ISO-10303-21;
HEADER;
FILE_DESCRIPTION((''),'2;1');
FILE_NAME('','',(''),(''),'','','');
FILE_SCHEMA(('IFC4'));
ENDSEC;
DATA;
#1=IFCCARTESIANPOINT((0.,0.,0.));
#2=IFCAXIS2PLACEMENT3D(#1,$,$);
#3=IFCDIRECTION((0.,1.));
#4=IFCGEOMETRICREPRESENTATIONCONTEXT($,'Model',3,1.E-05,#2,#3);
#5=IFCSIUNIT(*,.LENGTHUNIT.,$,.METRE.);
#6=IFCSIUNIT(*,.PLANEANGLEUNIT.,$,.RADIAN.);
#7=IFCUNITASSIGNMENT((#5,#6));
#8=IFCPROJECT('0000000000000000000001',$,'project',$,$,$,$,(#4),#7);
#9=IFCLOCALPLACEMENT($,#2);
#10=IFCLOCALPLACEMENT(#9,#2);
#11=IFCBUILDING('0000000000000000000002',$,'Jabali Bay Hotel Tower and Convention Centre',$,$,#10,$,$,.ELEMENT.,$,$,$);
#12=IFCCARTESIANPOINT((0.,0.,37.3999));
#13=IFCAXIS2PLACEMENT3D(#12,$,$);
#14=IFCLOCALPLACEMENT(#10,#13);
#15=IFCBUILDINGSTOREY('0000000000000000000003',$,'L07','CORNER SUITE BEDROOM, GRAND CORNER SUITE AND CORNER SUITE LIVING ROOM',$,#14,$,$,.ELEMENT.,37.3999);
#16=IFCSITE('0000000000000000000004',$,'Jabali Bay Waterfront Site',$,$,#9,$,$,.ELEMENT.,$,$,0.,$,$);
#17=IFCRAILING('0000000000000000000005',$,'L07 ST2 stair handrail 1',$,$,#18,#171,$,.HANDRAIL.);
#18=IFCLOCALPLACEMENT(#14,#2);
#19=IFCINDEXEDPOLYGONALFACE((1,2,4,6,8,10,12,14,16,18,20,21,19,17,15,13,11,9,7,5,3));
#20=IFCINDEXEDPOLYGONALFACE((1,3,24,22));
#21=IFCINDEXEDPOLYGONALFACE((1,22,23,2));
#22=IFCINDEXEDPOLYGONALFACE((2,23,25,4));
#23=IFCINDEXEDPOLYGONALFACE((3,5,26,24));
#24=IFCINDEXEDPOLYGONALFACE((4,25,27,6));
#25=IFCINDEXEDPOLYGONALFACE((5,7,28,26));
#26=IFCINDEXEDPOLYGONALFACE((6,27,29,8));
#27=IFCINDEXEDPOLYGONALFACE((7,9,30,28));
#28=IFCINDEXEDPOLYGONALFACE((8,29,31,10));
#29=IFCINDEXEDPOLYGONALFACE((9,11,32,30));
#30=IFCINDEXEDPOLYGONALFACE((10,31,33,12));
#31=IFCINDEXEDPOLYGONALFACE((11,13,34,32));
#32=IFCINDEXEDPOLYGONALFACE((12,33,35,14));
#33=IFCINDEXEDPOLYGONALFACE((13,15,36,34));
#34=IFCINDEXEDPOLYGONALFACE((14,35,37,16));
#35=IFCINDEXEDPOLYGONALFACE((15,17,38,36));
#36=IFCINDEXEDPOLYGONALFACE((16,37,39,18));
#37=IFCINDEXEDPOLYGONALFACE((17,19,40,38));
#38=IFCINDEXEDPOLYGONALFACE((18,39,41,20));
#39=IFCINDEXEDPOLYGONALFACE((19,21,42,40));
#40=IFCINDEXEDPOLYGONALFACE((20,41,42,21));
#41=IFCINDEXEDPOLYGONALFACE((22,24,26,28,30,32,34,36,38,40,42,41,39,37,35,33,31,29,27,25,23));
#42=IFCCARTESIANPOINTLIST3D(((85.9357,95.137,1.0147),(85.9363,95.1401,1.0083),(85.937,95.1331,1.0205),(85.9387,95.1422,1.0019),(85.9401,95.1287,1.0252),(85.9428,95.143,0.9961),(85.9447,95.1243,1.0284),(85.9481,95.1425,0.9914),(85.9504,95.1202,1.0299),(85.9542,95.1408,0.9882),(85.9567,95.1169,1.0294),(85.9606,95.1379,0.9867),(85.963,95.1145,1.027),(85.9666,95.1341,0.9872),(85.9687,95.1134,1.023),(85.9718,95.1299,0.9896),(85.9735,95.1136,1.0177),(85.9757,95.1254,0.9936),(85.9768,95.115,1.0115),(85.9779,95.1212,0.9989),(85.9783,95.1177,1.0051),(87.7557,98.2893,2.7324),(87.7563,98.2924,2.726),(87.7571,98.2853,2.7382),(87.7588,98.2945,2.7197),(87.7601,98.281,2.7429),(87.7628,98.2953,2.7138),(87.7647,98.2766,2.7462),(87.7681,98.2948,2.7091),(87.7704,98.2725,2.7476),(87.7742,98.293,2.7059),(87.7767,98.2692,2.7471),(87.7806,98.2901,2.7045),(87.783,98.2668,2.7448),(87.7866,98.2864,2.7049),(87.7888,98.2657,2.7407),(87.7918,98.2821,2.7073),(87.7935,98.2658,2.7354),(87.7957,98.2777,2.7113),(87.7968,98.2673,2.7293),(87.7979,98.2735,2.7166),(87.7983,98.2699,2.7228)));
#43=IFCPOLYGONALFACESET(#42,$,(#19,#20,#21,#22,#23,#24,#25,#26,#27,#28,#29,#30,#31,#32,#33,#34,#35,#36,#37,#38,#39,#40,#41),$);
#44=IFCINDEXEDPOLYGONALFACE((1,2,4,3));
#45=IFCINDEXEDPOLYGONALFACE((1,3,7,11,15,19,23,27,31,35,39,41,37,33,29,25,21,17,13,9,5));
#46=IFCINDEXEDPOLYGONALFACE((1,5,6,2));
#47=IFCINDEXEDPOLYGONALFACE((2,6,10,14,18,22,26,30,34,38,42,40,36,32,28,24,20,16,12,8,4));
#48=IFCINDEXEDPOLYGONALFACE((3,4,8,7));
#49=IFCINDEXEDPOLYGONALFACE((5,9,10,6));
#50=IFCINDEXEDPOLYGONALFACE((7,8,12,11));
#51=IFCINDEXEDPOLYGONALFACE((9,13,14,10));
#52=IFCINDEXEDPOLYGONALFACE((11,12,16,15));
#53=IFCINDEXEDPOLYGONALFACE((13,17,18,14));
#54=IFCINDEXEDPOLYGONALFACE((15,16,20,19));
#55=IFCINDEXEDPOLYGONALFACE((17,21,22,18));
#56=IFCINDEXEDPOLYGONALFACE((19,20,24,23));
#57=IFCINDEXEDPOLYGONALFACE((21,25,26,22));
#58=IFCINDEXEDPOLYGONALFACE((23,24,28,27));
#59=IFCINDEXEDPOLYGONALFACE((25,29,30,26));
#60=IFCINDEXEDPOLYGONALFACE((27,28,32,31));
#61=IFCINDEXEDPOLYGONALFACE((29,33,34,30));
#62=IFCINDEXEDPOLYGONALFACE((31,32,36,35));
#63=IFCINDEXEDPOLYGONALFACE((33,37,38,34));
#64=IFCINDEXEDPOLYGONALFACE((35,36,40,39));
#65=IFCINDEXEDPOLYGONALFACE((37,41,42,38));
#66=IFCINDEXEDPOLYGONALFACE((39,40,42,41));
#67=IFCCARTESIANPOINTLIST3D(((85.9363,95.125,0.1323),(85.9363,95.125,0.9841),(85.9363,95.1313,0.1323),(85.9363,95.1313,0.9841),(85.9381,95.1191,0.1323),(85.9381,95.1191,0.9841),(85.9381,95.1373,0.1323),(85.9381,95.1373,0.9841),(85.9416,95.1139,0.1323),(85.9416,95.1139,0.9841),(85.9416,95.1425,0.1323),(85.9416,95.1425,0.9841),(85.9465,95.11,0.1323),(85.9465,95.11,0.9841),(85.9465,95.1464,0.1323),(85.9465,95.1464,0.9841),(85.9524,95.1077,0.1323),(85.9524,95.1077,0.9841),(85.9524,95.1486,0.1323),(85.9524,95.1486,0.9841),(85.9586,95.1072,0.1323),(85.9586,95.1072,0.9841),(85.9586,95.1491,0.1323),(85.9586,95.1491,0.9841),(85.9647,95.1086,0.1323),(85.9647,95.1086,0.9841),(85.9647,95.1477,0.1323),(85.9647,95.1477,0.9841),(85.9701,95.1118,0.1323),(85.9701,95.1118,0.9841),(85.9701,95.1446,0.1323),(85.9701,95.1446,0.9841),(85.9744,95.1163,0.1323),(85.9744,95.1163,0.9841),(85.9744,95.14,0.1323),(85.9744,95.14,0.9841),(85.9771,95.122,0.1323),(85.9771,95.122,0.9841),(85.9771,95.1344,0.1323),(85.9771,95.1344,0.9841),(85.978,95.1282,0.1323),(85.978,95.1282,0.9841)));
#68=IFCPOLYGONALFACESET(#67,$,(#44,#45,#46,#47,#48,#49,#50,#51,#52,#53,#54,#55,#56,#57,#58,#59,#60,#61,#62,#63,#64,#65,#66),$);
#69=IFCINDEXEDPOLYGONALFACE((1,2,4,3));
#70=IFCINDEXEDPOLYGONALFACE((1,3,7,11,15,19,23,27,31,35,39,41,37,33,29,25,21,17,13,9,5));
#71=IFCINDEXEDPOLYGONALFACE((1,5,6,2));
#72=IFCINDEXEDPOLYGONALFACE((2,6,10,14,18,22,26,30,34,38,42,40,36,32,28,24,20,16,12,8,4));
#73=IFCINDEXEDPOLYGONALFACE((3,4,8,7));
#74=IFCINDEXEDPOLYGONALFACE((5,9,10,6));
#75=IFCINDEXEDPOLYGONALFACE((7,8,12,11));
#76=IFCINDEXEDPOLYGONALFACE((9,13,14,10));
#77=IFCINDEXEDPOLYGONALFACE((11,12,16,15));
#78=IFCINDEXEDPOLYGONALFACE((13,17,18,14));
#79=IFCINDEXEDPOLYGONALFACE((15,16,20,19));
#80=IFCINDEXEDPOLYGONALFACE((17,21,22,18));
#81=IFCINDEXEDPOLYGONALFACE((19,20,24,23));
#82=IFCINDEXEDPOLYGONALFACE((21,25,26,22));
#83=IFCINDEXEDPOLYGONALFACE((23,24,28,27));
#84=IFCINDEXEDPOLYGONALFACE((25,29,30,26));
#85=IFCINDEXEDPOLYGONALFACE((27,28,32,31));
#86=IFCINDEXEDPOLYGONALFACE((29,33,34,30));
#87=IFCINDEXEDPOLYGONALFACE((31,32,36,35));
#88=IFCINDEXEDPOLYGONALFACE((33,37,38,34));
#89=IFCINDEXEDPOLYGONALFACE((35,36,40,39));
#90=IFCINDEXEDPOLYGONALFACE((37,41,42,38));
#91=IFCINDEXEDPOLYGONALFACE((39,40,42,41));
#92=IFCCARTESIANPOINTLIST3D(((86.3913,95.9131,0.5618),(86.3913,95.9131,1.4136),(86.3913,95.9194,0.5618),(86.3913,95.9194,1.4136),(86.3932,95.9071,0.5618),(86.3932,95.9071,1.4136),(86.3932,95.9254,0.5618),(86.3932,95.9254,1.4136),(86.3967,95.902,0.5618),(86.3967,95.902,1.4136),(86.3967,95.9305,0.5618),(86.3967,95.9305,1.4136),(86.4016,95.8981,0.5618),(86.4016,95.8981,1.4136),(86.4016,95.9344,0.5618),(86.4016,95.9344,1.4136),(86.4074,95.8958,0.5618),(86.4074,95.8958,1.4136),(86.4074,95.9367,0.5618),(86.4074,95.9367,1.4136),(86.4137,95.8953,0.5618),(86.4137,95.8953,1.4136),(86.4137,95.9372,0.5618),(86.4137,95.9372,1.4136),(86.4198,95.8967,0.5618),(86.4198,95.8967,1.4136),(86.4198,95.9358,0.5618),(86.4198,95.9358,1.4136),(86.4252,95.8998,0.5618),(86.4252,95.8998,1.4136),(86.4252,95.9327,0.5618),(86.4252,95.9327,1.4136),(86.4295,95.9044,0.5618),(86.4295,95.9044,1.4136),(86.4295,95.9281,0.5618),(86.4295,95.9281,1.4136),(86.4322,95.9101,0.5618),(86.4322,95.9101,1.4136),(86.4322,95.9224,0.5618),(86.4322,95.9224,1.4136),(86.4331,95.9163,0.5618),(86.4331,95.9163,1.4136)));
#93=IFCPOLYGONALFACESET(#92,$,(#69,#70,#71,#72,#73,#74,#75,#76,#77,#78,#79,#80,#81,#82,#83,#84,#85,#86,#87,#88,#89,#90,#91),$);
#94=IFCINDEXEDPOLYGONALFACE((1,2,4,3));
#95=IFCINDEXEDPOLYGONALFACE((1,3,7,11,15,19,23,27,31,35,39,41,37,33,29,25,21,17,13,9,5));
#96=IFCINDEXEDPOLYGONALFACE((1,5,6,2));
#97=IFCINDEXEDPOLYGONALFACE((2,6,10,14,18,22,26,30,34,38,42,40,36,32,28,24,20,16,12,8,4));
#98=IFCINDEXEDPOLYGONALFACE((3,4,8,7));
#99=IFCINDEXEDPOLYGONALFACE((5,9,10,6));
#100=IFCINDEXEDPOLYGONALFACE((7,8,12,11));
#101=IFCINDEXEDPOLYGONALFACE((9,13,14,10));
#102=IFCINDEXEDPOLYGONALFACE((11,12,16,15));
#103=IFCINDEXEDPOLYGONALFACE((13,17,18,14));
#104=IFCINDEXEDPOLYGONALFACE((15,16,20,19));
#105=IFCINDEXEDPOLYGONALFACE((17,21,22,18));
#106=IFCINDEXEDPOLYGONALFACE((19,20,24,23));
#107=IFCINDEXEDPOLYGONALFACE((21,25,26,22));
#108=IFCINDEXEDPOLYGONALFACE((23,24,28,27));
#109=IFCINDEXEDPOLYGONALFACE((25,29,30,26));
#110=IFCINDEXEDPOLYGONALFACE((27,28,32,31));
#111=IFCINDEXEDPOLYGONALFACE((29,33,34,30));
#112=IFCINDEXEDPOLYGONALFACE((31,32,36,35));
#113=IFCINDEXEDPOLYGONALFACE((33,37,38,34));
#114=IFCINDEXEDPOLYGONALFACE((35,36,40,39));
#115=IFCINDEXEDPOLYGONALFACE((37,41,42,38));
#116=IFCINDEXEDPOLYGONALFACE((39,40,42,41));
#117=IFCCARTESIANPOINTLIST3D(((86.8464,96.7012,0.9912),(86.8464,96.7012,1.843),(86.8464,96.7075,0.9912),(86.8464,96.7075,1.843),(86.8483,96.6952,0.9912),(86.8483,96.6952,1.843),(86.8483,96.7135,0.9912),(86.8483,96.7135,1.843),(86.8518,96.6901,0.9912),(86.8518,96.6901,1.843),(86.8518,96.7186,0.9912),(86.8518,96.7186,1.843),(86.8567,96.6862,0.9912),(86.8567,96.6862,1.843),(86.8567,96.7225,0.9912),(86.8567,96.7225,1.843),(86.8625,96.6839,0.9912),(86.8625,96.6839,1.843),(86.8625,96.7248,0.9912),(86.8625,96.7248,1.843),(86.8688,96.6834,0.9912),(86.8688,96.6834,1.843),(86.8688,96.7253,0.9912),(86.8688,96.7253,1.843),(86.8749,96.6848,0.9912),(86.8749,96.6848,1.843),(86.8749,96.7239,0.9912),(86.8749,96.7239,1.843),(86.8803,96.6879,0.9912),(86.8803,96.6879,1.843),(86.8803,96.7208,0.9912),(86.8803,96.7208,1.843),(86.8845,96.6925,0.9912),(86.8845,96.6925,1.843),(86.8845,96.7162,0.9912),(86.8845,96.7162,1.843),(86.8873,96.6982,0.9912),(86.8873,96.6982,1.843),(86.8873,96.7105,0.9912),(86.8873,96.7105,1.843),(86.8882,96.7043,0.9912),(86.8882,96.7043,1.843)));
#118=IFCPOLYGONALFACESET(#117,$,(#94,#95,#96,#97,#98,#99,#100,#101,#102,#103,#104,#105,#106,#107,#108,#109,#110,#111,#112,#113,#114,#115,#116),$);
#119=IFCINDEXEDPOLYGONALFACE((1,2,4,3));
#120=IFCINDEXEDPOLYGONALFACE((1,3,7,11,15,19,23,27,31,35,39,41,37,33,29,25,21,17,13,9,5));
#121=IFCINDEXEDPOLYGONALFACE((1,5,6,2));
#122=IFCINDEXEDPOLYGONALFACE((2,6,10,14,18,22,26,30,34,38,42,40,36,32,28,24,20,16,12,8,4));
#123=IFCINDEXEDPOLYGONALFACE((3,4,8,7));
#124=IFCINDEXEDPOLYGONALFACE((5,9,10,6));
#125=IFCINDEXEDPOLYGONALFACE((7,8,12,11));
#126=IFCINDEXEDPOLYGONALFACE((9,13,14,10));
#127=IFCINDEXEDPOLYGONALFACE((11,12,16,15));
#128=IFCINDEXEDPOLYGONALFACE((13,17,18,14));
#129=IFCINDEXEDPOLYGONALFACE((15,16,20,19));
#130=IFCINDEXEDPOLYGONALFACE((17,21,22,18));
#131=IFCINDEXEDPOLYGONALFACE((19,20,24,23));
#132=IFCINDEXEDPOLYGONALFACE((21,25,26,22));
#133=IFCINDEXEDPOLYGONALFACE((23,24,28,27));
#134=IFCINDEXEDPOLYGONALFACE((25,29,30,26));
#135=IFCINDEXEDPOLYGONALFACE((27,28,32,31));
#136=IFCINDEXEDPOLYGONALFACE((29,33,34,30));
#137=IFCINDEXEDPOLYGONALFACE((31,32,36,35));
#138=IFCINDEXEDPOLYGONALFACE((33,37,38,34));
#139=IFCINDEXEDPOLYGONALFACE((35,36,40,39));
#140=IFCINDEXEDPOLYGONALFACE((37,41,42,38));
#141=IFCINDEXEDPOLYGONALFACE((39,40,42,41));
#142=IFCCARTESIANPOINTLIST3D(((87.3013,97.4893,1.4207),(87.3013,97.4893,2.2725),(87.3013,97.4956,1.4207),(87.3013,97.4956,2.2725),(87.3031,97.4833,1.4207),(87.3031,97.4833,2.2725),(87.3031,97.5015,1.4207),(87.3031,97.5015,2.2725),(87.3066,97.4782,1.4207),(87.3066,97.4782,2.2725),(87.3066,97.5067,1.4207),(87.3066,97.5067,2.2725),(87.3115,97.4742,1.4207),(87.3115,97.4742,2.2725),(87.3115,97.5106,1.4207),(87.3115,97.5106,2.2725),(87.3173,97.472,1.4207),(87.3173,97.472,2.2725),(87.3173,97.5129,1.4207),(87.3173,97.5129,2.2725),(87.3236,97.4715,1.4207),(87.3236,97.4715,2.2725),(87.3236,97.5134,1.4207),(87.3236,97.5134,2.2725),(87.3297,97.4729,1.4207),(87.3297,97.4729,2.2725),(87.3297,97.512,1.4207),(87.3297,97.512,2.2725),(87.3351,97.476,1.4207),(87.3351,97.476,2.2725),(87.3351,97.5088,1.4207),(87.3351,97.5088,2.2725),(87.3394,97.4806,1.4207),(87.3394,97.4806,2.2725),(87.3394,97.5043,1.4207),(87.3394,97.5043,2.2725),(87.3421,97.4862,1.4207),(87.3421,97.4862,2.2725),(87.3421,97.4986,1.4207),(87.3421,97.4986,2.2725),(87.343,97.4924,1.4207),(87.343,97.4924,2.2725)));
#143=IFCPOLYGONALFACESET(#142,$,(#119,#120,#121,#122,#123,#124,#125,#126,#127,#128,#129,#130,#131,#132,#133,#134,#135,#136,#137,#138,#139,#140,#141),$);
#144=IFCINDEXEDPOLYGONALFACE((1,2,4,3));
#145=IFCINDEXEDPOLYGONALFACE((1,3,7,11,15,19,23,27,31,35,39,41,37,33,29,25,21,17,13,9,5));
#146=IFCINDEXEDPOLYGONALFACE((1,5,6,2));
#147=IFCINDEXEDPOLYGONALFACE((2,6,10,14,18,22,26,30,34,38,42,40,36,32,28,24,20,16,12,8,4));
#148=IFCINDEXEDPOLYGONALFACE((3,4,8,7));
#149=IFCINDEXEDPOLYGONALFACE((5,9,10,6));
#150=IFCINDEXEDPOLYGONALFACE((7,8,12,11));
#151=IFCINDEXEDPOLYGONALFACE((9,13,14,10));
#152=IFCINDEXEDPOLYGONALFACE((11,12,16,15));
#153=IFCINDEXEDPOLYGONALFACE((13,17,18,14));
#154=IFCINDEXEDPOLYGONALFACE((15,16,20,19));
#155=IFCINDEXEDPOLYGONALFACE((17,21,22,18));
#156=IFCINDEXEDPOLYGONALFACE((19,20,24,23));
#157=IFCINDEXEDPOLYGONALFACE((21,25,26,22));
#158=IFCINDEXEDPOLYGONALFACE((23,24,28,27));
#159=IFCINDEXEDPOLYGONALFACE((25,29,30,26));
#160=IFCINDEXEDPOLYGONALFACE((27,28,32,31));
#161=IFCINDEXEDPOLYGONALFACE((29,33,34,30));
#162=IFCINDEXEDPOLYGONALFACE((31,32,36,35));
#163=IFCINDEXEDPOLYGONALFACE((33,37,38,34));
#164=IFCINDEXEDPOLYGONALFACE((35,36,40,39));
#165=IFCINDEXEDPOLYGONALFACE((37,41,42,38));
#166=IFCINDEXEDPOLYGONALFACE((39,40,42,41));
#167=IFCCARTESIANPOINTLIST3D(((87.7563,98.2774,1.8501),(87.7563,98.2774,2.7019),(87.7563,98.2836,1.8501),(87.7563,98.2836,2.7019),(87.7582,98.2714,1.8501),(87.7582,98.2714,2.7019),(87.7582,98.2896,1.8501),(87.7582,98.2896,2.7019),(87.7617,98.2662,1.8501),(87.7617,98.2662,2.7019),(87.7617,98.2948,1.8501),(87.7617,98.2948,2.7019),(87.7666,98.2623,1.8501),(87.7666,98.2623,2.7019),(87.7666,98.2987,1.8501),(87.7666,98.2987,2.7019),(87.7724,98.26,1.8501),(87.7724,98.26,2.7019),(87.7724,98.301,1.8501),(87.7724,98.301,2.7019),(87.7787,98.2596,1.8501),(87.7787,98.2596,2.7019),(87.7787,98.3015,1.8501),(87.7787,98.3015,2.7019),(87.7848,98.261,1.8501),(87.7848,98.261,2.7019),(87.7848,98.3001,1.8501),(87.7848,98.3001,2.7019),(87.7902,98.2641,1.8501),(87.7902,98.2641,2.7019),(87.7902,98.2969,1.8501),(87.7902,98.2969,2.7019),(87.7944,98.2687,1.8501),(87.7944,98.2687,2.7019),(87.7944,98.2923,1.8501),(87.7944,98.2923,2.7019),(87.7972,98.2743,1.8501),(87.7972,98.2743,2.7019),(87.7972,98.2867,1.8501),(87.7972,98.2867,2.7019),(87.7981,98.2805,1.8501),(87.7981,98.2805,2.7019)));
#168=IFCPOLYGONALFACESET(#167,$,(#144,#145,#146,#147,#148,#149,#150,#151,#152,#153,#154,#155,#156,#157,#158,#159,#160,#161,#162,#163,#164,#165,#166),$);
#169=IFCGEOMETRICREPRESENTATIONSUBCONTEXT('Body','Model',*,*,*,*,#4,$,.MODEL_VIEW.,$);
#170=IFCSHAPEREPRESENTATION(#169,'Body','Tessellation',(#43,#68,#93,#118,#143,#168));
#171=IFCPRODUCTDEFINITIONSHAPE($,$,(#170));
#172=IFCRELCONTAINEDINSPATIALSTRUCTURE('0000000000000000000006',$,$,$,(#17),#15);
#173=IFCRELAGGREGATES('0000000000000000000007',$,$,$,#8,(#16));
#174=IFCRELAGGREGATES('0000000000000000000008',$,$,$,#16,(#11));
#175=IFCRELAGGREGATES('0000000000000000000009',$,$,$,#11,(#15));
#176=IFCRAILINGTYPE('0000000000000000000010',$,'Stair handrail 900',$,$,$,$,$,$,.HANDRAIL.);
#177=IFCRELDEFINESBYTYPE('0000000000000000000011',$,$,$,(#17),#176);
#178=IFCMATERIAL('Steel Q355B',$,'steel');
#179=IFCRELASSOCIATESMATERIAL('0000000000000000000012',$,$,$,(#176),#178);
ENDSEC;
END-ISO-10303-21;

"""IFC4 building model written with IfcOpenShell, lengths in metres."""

from ifc_helpers import new_model, si_unit, direction, frame, origin, origin_2d, place, context, subcontext, project, spatial, circle, extrude, material, type_object, element, save


model = new_model("IFC4")

# Units and contexts
model_context = context("Model", 3, precision=1e-05, world=origin(), true_north=direction((0.0, 1.0)))
body_context = subcontext(model_context, "Body", "Model", "MODEL_VIEW")
ifc_project = project(units=[si_unit("LENGTHUNIT", "METRE"), si_unit("PLANEANGLEUNIT", "RADIAN")], contexts=[model_context])

# Site, building, storey
site_placement = place(None, origin())
site = spatial("IfcSite", under=ifc_project, at=site_placement, Name="Jabali Bay Waterfront Site", CompositionType="ELEMENT", RefElevation=0.0)
building_placement = place(site_placement, origin())
building = spatial("IfcBuilding", under=site, at=building_placement, Name="Jabali Bay Hotel Tower and Convention Centre", CompositionType="ELEMENT")
storey_placement = place(building_placement, frame((0.0, 0.0, 37.3999)))
storey = spatial("IfcBuildingStorey", under=building, at=storey_placement, Name="L07", Description="CORNER SUITE BEDROOM, GRAND CORNER SUITE AND CORNER SUITE LIVING ROOM", CompositionType="ELEMENT", Elevation=37.3999)

# Railing
ifc_material_1 = material(Name="Steel Q355B", Category="steel")
railing_type_1 = type_object("IfcRailingType", Name="Stair handrail 900", PredefinedType="HANDRAIL", material=ifc_material_1)
railing_1_placement = place(storey_placement, frame((85.957, 95.1282, 0.1323)))
element("IfcRailing", 1, at=railing_1_placement, inside=storey, type_object=railing_type_1, Name="L07 ST2 stair handrail 1", PredefinedType="HANDRAIL", context=body_context, shape_type="SweptSolid", body=[
    extrude(circle(Radius=0.0239, at=origin_2d()), frame((0.0, 0.0, 0.876), z_axis=(0.45219, 0.78319, 0.426775), x_axis=(-0.866018, 0.500013, 0.0)), (0.0, 0.0, 1.0), 4.0249),
    extrude(circle(Radius=0.021, at=origin_2d()), origin(), (0.0, 0.0, 1.0), 0.8518),
    extrude(circle(Radius=0.021, at=origin_2d()), frame((0.4551, 0.7881, 0.4294)), (0.0, 0.0, 1.0), 0.8518),
    extrude(circle(Radius=0.021, at=origin_2d()), frame((0.9102, 1.5762, 0.8589)), (0.0, 0.0, 1.0), 0.8518),
    extrude(circle(Radius=0.021, at=origin_2d()), frame((1.365, 2.3643, 1.2883)), (0.0, 0.0, 1.0), 0.8518),
    extrude(circle(Radius=0.021, at=origin_2d()), frame((1.8201, 3.1523, 1.7178)), (0.0, 0.0, 1.0), 0.8518),
])

save(model, "model.ifc")
